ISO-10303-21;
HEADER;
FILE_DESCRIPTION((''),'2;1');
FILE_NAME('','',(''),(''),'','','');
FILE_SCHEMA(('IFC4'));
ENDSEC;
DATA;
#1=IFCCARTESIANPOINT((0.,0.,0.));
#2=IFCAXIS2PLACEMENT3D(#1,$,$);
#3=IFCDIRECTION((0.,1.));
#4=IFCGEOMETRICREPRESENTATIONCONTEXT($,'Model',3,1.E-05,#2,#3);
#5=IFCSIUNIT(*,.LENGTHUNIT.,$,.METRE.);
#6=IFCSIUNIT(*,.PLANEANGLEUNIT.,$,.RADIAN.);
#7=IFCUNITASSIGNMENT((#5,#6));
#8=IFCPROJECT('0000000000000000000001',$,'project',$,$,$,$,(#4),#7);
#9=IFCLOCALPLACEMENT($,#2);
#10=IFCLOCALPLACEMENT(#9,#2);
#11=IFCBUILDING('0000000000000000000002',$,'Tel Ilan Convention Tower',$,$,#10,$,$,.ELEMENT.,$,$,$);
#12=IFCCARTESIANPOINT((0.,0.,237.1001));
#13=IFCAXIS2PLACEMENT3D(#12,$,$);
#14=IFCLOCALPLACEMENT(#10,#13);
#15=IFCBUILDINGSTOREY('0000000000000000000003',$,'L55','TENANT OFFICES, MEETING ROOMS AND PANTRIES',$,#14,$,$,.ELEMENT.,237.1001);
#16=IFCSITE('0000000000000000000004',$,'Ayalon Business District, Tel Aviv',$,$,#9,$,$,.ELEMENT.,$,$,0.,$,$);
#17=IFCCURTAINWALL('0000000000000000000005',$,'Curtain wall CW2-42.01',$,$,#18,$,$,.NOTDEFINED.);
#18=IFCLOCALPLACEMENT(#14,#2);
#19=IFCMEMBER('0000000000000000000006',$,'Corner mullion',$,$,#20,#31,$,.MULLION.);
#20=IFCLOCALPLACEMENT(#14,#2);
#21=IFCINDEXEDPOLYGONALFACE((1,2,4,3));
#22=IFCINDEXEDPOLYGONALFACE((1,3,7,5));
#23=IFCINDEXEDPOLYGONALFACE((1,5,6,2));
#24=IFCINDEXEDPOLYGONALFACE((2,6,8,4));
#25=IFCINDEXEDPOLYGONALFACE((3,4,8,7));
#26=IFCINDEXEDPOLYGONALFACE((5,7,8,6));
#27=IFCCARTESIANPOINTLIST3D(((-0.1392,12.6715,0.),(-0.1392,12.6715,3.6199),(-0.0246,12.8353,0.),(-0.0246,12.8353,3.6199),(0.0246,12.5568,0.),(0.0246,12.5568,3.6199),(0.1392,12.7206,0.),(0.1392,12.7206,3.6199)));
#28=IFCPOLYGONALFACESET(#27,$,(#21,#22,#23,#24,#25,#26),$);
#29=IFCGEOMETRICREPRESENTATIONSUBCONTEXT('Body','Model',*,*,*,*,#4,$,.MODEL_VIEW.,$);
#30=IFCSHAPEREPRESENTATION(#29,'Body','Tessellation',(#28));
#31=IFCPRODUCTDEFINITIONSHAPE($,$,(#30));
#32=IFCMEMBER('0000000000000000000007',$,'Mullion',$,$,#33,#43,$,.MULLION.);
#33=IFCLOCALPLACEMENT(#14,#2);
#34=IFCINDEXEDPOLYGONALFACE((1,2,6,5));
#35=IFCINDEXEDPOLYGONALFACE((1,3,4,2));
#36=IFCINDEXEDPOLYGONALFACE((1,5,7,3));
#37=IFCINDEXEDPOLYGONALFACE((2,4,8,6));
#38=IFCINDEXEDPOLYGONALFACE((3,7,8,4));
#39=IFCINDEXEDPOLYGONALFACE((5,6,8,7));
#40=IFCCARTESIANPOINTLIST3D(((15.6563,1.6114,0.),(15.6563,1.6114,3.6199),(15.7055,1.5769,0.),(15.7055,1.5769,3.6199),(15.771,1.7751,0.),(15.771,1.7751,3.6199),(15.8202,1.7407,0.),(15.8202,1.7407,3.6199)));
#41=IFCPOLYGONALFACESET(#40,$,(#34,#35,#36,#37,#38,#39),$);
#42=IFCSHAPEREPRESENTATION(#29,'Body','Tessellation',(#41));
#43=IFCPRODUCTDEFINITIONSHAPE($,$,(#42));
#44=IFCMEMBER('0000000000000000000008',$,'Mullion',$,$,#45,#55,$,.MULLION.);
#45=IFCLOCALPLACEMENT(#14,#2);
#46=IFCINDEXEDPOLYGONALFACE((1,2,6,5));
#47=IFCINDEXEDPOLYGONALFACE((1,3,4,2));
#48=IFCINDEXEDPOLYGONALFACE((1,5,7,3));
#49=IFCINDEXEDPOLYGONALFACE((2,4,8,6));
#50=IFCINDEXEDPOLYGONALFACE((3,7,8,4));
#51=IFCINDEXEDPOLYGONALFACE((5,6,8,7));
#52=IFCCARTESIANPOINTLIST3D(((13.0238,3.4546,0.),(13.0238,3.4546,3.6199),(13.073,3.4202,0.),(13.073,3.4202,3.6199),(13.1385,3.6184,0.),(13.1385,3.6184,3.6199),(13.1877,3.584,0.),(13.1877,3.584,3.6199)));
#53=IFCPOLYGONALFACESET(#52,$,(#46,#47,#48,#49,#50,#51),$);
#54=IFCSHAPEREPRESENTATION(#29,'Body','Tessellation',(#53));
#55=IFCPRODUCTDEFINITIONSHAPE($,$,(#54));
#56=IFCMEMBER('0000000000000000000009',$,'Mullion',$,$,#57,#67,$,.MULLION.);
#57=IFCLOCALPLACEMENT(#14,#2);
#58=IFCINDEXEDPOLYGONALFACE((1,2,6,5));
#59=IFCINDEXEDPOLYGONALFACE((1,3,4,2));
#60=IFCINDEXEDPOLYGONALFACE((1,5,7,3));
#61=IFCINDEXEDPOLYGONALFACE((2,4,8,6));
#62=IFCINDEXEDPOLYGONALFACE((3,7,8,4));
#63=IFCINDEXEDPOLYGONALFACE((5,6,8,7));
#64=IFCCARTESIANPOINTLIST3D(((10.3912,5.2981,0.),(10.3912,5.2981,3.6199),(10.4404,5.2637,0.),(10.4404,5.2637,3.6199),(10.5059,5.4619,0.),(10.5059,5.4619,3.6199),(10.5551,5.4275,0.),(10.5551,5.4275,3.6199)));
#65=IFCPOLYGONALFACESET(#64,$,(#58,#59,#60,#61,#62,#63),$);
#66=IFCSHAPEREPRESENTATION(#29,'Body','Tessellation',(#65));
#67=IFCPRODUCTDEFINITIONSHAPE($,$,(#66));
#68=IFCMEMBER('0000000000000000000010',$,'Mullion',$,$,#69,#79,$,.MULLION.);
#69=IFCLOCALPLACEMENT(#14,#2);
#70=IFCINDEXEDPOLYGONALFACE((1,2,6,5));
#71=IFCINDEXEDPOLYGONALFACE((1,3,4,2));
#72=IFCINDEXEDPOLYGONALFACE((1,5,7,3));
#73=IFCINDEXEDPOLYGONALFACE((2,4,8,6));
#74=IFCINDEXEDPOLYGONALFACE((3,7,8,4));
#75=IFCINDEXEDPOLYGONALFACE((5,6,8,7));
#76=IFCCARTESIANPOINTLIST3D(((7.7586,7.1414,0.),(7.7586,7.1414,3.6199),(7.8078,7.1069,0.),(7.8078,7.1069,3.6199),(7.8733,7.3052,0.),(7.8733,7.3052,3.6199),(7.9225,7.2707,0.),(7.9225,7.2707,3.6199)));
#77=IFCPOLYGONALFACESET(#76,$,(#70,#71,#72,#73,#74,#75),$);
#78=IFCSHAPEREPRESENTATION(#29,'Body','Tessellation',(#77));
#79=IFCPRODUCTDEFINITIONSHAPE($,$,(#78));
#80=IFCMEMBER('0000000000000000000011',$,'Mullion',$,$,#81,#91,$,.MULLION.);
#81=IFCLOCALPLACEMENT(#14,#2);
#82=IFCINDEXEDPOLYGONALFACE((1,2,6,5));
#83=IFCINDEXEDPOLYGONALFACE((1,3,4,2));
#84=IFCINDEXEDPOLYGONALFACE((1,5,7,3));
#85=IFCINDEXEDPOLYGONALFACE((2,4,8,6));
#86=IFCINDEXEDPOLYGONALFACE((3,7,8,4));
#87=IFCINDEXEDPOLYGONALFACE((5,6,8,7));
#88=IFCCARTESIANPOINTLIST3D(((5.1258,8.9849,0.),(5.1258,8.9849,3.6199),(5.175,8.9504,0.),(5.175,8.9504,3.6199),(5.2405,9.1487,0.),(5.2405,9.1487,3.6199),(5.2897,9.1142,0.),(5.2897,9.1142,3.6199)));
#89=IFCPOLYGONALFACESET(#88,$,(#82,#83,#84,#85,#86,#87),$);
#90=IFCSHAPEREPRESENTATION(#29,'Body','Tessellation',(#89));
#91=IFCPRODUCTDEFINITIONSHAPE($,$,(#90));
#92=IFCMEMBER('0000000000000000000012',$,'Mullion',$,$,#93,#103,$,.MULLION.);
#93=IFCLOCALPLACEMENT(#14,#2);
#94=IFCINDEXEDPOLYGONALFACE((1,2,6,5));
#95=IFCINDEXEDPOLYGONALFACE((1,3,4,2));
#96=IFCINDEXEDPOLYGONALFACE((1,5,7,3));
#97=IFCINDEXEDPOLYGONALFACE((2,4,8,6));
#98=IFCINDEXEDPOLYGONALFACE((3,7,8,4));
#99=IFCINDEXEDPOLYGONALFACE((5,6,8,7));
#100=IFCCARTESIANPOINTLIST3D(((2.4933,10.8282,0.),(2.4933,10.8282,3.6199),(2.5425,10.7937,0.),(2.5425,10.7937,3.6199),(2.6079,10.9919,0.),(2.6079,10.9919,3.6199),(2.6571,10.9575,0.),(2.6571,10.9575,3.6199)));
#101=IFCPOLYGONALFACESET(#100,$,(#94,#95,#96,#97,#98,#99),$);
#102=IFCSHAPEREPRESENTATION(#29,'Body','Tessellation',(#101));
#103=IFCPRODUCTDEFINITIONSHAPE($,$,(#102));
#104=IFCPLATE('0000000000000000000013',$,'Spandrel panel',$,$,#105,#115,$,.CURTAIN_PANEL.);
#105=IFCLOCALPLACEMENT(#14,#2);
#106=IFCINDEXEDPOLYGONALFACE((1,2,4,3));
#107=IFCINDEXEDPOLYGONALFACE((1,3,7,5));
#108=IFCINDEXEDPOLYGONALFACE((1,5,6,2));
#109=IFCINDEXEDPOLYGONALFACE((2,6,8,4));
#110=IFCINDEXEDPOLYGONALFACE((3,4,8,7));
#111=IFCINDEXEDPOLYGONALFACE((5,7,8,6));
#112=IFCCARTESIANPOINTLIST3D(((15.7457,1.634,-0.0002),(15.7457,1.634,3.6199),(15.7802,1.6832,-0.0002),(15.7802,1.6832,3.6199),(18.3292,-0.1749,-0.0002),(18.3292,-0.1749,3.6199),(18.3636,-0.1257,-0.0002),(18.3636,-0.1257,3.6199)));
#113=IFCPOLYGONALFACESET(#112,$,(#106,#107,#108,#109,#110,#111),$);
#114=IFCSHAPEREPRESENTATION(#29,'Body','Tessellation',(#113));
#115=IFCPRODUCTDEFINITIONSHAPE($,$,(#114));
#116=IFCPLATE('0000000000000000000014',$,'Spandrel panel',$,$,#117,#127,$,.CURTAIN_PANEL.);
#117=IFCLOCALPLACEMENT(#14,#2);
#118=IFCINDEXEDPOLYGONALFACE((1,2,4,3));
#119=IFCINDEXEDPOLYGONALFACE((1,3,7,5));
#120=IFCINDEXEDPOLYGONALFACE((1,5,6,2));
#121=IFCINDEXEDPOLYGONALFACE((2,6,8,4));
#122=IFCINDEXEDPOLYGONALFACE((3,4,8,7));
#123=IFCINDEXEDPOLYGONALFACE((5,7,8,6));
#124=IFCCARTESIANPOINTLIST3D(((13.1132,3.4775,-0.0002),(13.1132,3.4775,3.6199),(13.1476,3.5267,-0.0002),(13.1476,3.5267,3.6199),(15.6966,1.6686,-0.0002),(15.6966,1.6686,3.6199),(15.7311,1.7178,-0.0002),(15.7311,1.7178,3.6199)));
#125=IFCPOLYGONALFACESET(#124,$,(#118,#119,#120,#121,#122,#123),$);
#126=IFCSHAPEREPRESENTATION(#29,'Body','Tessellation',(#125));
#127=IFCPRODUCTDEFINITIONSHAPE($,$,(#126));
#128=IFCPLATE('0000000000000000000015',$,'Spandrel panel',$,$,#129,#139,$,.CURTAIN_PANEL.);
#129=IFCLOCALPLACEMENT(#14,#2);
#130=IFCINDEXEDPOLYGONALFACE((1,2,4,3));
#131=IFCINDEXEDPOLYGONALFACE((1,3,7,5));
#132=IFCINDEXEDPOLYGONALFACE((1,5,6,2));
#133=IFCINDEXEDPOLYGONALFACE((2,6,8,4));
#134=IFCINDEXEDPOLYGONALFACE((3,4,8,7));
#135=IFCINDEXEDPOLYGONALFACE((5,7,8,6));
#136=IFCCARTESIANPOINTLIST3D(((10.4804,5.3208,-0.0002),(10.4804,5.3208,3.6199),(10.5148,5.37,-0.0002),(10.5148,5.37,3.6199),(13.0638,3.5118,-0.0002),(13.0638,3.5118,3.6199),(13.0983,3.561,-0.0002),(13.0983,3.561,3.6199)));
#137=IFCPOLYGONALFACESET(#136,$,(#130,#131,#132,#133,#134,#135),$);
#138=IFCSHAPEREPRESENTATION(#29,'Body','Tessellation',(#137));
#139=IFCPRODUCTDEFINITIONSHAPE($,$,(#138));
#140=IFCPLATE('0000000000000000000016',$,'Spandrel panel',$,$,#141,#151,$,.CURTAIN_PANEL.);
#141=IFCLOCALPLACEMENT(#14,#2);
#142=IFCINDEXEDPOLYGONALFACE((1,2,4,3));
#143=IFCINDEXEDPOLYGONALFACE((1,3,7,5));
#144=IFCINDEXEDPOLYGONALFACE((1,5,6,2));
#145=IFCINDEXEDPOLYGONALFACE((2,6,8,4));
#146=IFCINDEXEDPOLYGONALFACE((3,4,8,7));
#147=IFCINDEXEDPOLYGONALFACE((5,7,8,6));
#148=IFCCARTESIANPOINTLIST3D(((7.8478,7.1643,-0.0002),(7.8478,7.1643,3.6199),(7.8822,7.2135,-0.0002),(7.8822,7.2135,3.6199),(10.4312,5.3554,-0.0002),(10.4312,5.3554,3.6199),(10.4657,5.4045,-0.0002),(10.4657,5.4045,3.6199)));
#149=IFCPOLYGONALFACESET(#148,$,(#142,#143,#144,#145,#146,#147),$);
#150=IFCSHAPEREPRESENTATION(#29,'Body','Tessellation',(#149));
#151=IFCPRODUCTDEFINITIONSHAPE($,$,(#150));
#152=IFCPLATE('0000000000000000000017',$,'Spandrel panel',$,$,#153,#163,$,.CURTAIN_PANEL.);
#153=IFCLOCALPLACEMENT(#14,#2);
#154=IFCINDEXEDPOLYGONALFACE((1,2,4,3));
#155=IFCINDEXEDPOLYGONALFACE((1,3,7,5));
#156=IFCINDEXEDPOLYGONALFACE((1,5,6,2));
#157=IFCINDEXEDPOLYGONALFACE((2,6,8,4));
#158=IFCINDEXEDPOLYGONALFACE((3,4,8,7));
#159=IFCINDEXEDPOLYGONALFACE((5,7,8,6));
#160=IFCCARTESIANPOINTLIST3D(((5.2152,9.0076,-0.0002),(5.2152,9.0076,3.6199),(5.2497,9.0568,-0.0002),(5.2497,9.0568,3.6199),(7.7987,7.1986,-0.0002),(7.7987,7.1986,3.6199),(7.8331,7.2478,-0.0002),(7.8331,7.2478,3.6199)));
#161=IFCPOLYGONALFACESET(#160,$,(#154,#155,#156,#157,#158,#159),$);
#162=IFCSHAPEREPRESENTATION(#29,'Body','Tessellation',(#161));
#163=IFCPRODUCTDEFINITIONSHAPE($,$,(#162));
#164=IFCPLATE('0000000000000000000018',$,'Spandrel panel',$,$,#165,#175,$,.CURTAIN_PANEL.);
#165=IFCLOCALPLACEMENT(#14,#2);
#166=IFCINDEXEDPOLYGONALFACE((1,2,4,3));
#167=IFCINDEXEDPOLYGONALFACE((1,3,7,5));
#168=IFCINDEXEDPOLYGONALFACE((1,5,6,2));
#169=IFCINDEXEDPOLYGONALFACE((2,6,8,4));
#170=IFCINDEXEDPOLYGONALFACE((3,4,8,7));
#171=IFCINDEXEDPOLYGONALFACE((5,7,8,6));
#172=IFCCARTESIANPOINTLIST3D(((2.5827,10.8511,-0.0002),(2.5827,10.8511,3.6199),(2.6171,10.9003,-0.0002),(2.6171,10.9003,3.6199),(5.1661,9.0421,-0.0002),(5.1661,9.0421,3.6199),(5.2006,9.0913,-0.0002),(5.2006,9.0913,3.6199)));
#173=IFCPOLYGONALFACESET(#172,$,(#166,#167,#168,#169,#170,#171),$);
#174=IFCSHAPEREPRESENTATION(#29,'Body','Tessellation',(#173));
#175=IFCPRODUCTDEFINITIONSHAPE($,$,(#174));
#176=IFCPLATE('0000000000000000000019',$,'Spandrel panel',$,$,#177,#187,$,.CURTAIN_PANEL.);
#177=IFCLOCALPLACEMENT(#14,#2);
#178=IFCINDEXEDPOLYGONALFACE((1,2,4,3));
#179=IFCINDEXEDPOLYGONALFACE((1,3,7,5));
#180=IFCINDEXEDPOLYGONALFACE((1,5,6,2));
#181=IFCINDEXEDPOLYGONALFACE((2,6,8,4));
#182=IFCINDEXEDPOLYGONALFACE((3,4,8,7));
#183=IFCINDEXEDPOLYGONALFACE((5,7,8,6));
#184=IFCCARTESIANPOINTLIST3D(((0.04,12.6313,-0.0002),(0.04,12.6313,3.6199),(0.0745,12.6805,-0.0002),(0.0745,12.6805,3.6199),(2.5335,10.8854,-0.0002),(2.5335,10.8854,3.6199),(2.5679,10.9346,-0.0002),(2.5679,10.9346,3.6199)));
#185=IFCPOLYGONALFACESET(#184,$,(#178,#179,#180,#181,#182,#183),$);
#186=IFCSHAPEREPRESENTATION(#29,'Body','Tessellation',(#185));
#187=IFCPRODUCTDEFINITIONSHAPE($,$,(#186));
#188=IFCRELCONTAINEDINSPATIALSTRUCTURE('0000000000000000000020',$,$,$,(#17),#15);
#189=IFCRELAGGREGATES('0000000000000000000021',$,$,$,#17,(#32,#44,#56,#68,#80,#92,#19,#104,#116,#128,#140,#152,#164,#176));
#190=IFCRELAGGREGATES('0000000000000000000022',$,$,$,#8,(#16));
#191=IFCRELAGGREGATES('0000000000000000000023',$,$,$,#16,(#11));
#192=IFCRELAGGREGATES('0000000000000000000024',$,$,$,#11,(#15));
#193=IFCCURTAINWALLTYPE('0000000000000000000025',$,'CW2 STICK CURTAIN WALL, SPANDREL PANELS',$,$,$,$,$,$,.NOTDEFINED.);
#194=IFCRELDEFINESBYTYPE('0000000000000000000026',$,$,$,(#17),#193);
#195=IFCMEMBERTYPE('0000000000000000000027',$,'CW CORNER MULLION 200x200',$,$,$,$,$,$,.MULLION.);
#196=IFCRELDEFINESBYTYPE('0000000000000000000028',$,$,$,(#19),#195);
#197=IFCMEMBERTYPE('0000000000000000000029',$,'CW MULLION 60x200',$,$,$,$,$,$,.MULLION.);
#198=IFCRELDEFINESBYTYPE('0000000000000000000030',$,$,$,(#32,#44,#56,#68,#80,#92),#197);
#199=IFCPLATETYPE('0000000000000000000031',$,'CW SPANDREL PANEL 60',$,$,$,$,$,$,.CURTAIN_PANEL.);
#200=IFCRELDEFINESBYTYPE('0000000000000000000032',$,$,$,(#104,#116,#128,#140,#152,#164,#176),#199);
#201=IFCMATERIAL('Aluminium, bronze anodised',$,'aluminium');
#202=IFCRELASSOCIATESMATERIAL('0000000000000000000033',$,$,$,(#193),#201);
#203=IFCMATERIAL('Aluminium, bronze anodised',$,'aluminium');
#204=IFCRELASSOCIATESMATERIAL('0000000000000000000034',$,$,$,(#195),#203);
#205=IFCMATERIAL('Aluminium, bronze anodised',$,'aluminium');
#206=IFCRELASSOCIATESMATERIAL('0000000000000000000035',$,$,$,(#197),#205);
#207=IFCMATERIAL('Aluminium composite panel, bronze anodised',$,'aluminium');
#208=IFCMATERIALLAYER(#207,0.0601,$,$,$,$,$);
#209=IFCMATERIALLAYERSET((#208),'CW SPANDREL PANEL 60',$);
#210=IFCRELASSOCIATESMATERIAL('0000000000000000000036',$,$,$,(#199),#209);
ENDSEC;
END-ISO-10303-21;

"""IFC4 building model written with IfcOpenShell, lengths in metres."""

from ifc_helpers import new_model, si_unit, direction, frame, origin, origin_2d, place, context, subcontext, project, spatial, rectangle, extrude, material, layer, layer_set, material_profile, profile_set, type_object, element, aggregate, save


model = new_model("IFC4")

# Units and contexts
model_context = context("Model", 3, precision=1e-05, world=origin(), true_north=direction((0.0, 1.0)))
body_context = subcontext(model_context, "Body", "Model", "MODEL_VIEW")
ifc_project = project(units=[si_unit("LENGTHUNIT", "METRE"), si_unit("PLANEANGLEUNIT", "RADIAN")], contexts=[model_context])

# Site, building, storey
site_placement = place(None, origin())
site = spatial("IfcSite", under=ifc_project, at=site_placement, Name="Ayalon Business District, Tel Aviv", CompositionType="ELEMENT", RefElevation=0.0)
building_placement = place(site_placement, origin())
building = spatial("IfcBuilding", under=site, at=building_placement, Name="Tel Ilan Convention Tower", CompositionType="ELEMENT")
storey_placement = place(building_placement, frame((0.0, 0.0, 237.1001)))
storey = spatial("IfcBuildingStorey", under=building, at=storey_placement, Name="L55", Description="TENANT OFFICES, MEETING ROOMS AND PANTRIES", CompositionType="ELEMENT", Elevation=237.1001)

# Curtain wall, members, plates
ifc_material_1 = material(Name="Aluminium, bronze anodised", Category="aluminium")
curtain_wall_type = type_object("IfcCurtainWallType", Name="CW2 STICK CURTAIN WALL, SPANDREL PANELS", PredefinedType="NOTDEFINED", material=ifc_material_1)
curtain_wall_placement = place(storey_placement, origin())
curtain_wall = element("IfcCurtainWall", 1, at=curtain_wall_placement, inside=storey, type_object=curtain_wall_type, Name="Curtain wall CW2-42.01", PredefinedType="NOTDEFINED")
ifc_material_2 = material(Name="Aluminium, bronze anodised", Category="aluminium")
ifc_material_profile_1 = material_profile(ifc_material_2, rectangle(XDim=0.2, YDim=0.2, at=origin_2d()), Name="CW CORNER MULLION 200x200")
ifc_profile_set_1 = profile_set([ifc_material_profile_1], Name="Aluminium, bronze anodised")
member_type_1 = type_object("IfcMemberType", Name="CW CORNER MULLION 200x200", PredefinedType="MULLION", material=ifc_profile_set_1)
member_1_placement = place(storey_placement, frame((0.0, 12.696, 0.0), z_axis=(0.0, 0.0, 1.0), x_axis=(-0.819152, 0.573576, 0.0)))
member_1 = element("IfcMember", 2, at=member_1_placement, type_object=member_type_1, Name="Corner mullion", PredefinedType="MULLION", context=body_context, shape_type="SweptSolid", body=[
    extrude(rectangle(XDim=0.2, YDim=0.2, at=origin_2d()), origin(), (0.0, 0.0, 1.0), 3.6199),
])
ifc_material_3 = material(Name="Aluminium, bronze anodised", Category="aluminium")
ifc_material_profile_2 = material_profile(ifc_material_3, rectangle(XDim=0.0601, YDim=0.2, at=origin_2d()), Name="CW MULLION 60x200")
ifc_profile_set_2 = profile_set([ifc_material_profile_2], Name="Aluminium, bronze anodised")
member_type_2 = type_object("IfcMemberType", Name="CW MULLION 60x200", PredefinedType="MULLION", material=ifc_profile_set_2)
member_2_placement = place(storey_placement, frame((15.7383, 1.676, 0.0), z_axis=(0.0, 0.0, 1.0), x_axis=(-0.819152, 0.573576, 0.0)))
member_2 = element("IfcMember", 3, at=member_2_placement, type_object=member_type_2, Name="Mullion", PredefinedType="MULLION", context=body_context, shape_type="SweptSolid", body=[
    extrude(rectangle(XDim=0.0601, YDim=0.2, at=origin_2d()), origin(), (0.0, 0.0, 1.0), 3.6199),
])
member_3_placement = place(storey_placement, frame((13.1057, 3.5193, 0.0), z_axis=(0.0, 0.0, 1.0), x_axis=(-0.819152, 0.573576, 0.0)))
member_3 = element("IfcMember", 4, at=member_3_placement, type_object=member_type_2, Name="Mullion", PredefinedType="MULLION", context=body_context, shape_type="SweptSolid", body=[
    extrude(rectangle(XDim=0.0601, YDim=0.2, at=origin_2d()), origin(), (0.0, 0.0, 1.0), 3.6199),
])
member_4_placement = place(storey_placement, frame((10.4731, 5.3628, 0.0), z_axis=(0.0, 0.0, 1.0), x_axis=(-0.819152, 0.573576, 0.0)))
member_4 = element("IfcMember", 5, at=member_4_placement, type_object=member_type_2, Name="Mullion", PredefinedType="MULLION", context=body_context, shape_type="SweptSolid", body=[
    extrude(rectangle(XDim=0.0601, YDim=0.2, at=origin_2d()), origin(), (0.0, 0.0, 1.0), 3.6199),
])
member_5_placement = place(storey_placement, frame((7.8406, 7.2061, 0.0), z_axis=(0.0, 0.0, 1.0), x_axis=(-0.819152, 0.573576, 0.0)))
member_5 = element("IfcMember", 6, at=member_5_placement, type_object=member_type_2, Name="Mullion", PredefinedType="MULLION", context=body_context, shape_type="SweptSolid", body=[
    extrude(rectangle(XDim=0.0601, YDim=0.2, at=origin_2d()), origin(), (0.0, 0.0, 1.0), 3.6199),
])
member_6_placement = place(storey_placement, frame((5.2078, 9.0496, 0.0), z_axis=(0.0, 0.0, 1.0), x_axis=(-0.819152, 0.573576, 0.0)))
member_6 = element("IfcMember", 7, at=member_6_placement, type_object=member_type_2, Name="Mullion", PredefinedType="MULLION", context=body_context, shape_type="SweptSolid", body=[
    extrude(rectangle(XDim=0.0601, YDim=0.2, at=origin_2d()), origin(), (0.0, 0.0, 1.0), 3.6199),
])
member_7_placement = place(storey_placement, frame((2.5752, 10.8928, 0.0), z_axis=(0.0, 0.0, 1.0), x_axis=(-0.819152, 0.573576, 0.0)))
member_7 = element("IfcMember", 8, at=member_7_placement, type_object=member_type_2, Name="Mullion", PredefinedType="MULLION", context=body_context, shape_type="SweptSolid", body=[
    extrude(rectangle(XDim=0.0601, YDim=0.2, at=origin_2d()), origin(), (0.0, 0.0, 1.0), 3.6199),
])
ifc_material_4 = material(Name="Aluminium composite panel, bronze anodised", Category="aluminium")
ifc_layer_1 = layer(ifc_material_4, 0.0601)
ifc_layer_set_1 = layer_set([ifc_layer_1], Name="CW SPANDREL PANEL 60")
plate_type = type_object("IfcPlateType", Name="CW SPANDREL PANEL 60", PredefinedType="CURTAIN_PANEL", material=ifc_layer_set_1)
plate_1_placement = place(storey_placement, frame((17.0547, 0.7542, -0.0002), z_axis=(0.0, 0.0, 1.0), x_axis=(-0.819152, 0.573576, 0.0)))
plate_1 = element("IfcPlate", 9, at=plate_1_placement, type_object=plate_type, Name="Spandrel panel", PredefinedType="CURTAIN_PANEL", context=body_context, shape_type="SweptSolid", body=[
    extrude(rectangle(XDim=3.1538, YDim=0.0601, at=origin_2d()), origin(), (0.0, 0.0, 1.0), 3.6201),
])
plate_2_placement = place(storey_placement, frame((14.4221, 2.5977, -0.0002), z_axis=(0.0, 0.0, 1.0), x_axis=(-0.819152, 0.573576, 0.0)))
plate_2 = element("IfcPlate", 10, at=plate_2_placement, type_object=plate_type, Name="Spandrel panel", PredefinedType="CURTAIN_PANEL", context=body_context, shape_type="SweptSolid", body=[
    extrude(rectangle(XDim=3.1538, YDim=0.0601, at=origin_2d()), origin(), (0.0, 0.0, 1.0), 3.6201),
])
plate_3_placement = place(storey_placement, frame((11.7893, 4.4409, -0.0002), z_axis=(0.0, 0.0, 1.0), x_axis=(-0.819152, 0.573576, 0.0)))
plate_3 = element("IfcPlate", 11, at=plate_3_placement, type_object=plate_type, Name="Spandrel panel", PredefinedType="CURTAIN_PANEL", context=body_context, shape_type="SweptSolid", body=[
    extrude(rectangle(XDim=3.1538, YDim=0.0601, at=origin_2d()), origin(), (0.0, 0.0, 1.0), 3.6201),
])
plate_4_placement = place(storey_placement, frame((9.1567, 6.2844, -0.0002), z_axis=(0.0, 0.0, 1.0), x_axis=(-0.819152, 0.573576, 0.0)))
plate_4 = element("IfcPlate", 12, at=plate_4_placement, type_object=plate_type, Name="Spandrel panel", PredefinedType="CURTAIN_PANEL", context=body_context, shape_type="SweptSolid", body=[
    extrude(rectangle(XDim=3.1538, YDim=0.0601, at=origin_2d()), origin(), (0.0, 0.0, 1.0), 3.6201),
])
plate_5_placement = place(storey_placement, frame((6.5242, 8.1277, -0.0002), z_axis=(0.0, 0.0, 1.0), x_axis=(-0.819152, 0.573576, 0.0)))
plate_5 = element("IfcPlate", 13, at=plate_5_placement, type_object=plate_type, Name="Spandrel panel", PredefinedType="CURTAIN_PANEL", context=body_context, shape_type="SweptSolid", body=[
    extrude(rectangle(XDim=3.1538, YDim=0.0601, at=origin_2d()), origin(), (0.0, 0.0, 1.0), 3.6201),
])
plate_6_placement = place(storey_placement, frame((3.8916, 9.9712, -0.0002), z_axis=(0.0, 0.0, 1.0), x_axis=(-0.819152, 0.573576, 0.0)))
plate_6 = element("IfcPlate", 14, at=plate_6_placement, type_object=plate_type, Name="Spandrel panel", PredefinedType="CURTAIN_PANEL", context=body_context, shape_type="SweptSolid", body=[
    extrude(rectangle(XDim=3.1538, YDim=0.0601, at=origin_2d()), origin(), (0.0, 0.0, 1.0), 3.6201),
])
plate_7_placement = place(storey_placement, frame((1.304, 11.783, -0.0002), z_axis=(0.0, 0.0, 1.0), x_axis=(-0.819152, 0.573576, 0.0)))
plate_7 = element("IfcPlate", 15, at=plate_7_placement, type_object=plate_type, Name="Spandrel panel", PredefinedType="CURTAIN_PANEL", context=body_context, shape_type="SweptSolid", body=[
    extrude(rectangle(XDim=3.0439, YDim=0.0601, at=origin_2d()), origin(), (0.0, 0.0, 1.0), 3.6201),
])
aggregate(curtain_wall, [member_2, member_3, member_4, member_5, member_6, member_7, member_1, plate_1, plate_2, plate_3, plate_4, plate_5, plate_6, plate_7])

save(model, "model.ifc")
